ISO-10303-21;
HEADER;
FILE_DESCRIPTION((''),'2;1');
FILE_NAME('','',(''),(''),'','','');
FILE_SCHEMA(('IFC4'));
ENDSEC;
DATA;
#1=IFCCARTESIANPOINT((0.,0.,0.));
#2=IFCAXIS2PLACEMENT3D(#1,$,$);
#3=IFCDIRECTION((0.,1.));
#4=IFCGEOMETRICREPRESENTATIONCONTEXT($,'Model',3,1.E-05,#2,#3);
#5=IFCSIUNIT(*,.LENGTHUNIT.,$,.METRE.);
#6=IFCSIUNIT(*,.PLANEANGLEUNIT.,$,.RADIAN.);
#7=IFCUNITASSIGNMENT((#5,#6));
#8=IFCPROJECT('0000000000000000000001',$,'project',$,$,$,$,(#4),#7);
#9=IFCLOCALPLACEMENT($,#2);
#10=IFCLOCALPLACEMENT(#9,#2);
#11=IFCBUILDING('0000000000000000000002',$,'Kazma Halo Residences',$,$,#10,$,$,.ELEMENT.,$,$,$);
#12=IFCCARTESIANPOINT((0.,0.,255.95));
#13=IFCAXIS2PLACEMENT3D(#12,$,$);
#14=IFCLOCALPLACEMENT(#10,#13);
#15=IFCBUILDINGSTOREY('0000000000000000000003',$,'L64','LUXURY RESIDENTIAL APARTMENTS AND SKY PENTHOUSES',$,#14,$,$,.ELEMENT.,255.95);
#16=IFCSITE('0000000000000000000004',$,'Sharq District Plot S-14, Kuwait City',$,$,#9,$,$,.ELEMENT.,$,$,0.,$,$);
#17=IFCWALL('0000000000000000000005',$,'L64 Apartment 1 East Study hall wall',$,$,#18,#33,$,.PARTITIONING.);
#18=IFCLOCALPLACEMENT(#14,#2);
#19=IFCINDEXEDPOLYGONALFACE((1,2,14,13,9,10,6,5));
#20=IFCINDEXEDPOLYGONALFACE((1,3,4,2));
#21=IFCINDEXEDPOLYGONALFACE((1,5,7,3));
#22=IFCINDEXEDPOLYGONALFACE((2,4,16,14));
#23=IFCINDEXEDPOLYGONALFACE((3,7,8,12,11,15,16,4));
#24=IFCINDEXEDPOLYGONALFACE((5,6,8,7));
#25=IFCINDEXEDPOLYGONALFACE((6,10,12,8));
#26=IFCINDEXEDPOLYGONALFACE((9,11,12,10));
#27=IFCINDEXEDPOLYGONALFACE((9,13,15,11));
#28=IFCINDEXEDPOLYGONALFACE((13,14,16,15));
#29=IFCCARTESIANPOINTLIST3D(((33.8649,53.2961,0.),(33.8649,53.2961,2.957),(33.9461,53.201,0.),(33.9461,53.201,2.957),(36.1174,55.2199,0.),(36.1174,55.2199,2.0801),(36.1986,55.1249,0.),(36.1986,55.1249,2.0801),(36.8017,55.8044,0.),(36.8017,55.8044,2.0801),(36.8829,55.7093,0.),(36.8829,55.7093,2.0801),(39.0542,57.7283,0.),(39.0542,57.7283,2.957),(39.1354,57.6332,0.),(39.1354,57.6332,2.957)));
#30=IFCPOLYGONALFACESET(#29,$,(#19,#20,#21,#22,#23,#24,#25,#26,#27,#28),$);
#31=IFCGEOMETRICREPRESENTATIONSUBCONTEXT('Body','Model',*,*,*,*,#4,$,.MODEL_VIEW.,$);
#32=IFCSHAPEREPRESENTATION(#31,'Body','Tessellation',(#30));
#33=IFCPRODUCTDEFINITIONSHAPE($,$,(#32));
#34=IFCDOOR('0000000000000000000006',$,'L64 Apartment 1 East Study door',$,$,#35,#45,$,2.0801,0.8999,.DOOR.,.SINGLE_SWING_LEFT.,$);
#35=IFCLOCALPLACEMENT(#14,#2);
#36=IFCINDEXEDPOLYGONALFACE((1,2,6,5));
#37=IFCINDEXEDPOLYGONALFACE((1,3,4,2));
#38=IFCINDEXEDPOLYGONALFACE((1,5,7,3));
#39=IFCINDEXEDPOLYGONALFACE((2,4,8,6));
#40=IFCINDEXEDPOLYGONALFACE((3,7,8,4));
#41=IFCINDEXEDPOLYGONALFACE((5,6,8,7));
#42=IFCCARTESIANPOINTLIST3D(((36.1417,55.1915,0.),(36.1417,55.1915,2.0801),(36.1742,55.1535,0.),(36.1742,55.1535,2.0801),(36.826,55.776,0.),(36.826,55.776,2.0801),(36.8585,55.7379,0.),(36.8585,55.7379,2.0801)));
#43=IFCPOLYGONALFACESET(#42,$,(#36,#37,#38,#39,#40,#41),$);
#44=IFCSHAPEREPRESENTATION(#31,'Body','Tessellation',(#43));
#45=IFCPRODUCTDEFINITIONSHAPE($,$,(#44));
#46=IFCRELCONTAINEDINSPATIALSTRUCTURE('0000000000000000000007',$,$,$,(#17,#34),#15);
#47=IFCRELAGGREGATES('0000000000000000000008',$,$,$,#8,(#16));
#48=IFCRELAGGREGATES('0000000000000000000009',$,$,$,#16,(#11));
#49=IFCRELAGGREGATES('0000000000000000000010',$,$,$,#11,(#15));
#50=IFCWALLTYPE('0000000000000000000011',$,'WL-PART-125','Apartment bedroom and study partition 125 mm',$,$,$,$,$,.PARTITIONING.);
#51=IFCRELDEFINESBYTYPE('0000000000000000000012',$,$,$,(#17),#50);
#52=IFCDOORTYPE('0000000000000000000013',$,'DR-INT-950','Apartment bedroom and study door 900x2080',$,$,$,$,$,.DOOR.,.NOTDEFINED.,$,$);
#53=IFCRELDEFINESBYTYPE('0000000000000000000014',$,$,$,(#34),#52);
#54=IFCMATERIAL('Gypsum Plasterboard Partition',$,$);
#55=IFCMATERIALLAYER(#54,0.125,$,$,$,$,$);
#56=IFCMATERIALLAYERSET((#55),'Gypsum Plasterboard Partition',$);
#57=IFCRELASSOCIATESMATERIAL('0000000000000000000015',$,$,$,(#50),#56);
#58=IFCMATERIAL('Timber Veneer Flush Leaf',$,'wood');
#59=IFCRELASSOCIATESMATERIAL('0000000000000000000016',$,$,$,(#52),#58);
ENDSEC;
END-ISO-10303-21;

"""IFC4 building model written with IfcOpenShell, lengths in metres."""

from ifc_helpers import new_model, si_unit, direction, frame, frame_2d, origin, place, context, subcontext, project, spatial, rectangle, extrude, material, layer, layer_set, type_object, element, fill, save


model = new_model("IFC4")

# Units and contexts
model_context = context("Model", 3, precision=1e-05, world=origin(), true_north=direction((0.0, 1.0)))
body_context = subcontext(model_context, "Body", "Model", "MODEL_VIEW")
ifc_project = project(units=[si_unit("LENGTHUNIT", "METRE"), si_unit("PLANEANGLEUNIT", "RADIAN")], contexts=[model_context])

# Site, building, storey
site_placement = place(None, origin())
site = spatial("IfcSite", under=ifc_project, at=site_placement, Name="Sharq District Plot S-14, Kuwait City", CompositionType="ELEMENT", RefElevation=0.0)
building_placement = place(site_placement, origin())
building = spatial("IfcBuilding", under=site, at=building_placement, Name="Kazma Halo Residences", CompositionType="ELEMENT")
storey_placement = place(building_placement, frame((0.0, 0.0, 255.95)))
storey = spatial("IfcBuildingStorey", under=building, at=storey_placement, Name="L64", Description="LUXURY RESIDENTIAL APARTMENTS AND SKY PENTHOUSES", CompositionType="ELEMENT", Elevation=255.95)

# Shared definitions
ifc_material_1 = material(Name="Gypsum Plasterboard Partition")
ifc_layer_1 = layer(ifc_material_1, 0.125)
ifc_layer_set_1 = layer_set([ifc_layer_1], Name="Gypsum Plasterboard Partition")
wall_type_1 = type_object("IfcWallType", Name="WL-PART-125", Description="Apartment bedroom and study partition 125 mm", PredefinedType="PARTITIONING", material=ifc_layer_set_1)

# Wall, opening, door
wall_1_placement = place(storey_placement, frame((39.0947, 57.6807, 0.0), z_axis=(0.0, 0.0, 1.0), x_axis=(-0.760397, -0.649459, 0.0)))
wall_1 = element("IfcWall", 1, at=wall_1_placement, inside=storey, type_object=wall_type_1, Name="L64 Apartment 1 East Study hall wall", PredefinedType="PARTITIONING", context=body_context, shape_type="SweptSolid", body=[
    extrude(rectangle(XDim=6.8245, YDim=0.125, at=frame_2d((3.4121, 0.0))), origin(), (0.0, 0.0, 1.0), 2.957),
])
opening_1_placement = place(wall_1_placement, frame((2.9622, 0.0, 0.0)))
opening_1 = element("IfcOpeningElement", 2, at=opening_1_placement, cuts=wall_1, PredefinedType="OPENING", context=body_context, shape_type="SweptSolid", body=[
    extrude(rectangle(XDim=0.8999, YDim=2.0801, at=frame_2d((0.45, 1.04))), frame((0.0, 0.0725, 0.0), z_axis=(0.0, -1.0, 0.0), x_axis=(1.0, 0.0, 0.0)), (0.0, 0.0, 1.0), 0.145),
])
ifc_material_2 = material(Name="Timber Veneer Flush Leaf", Category="wood")
door_type_1 = type_object("IfcDoorType", Name="DR-INT-950", Description="Apartment bedroom and study door 900x2080", OperationType="NOTDEFINED", PredefinedType="DOOR", material=ifc_material_2)
door_1_placement = place(opening_1_placement, origin())
door_1 = element("IfcDoor", 3, at=door_1_placement, inside=storey, type_object=door_type_1, Name="L64 Apartment 1 East Study door", OperationType="SINGLE_SWING_LEFT", OverallHeight=2.0801, OverallWidth=0.8999, PredefinedType="DOOR", context=body_context, shape_type="SweptSolid", body=[
    extrude(rectangle(XDim=0.8999, YDim=2.0801, at=frame_2d((0.45, 1.04))), frame((0.0, 0.0249, 0.0), z_axis=(0.0, -1.0, 0.0), x_axis=(1.0, 0.0, 0.0)), (0.0, 0.0, 1.0), 0.05),
])
fill(opening_1, door_1)

save(model, "model.ifc")
